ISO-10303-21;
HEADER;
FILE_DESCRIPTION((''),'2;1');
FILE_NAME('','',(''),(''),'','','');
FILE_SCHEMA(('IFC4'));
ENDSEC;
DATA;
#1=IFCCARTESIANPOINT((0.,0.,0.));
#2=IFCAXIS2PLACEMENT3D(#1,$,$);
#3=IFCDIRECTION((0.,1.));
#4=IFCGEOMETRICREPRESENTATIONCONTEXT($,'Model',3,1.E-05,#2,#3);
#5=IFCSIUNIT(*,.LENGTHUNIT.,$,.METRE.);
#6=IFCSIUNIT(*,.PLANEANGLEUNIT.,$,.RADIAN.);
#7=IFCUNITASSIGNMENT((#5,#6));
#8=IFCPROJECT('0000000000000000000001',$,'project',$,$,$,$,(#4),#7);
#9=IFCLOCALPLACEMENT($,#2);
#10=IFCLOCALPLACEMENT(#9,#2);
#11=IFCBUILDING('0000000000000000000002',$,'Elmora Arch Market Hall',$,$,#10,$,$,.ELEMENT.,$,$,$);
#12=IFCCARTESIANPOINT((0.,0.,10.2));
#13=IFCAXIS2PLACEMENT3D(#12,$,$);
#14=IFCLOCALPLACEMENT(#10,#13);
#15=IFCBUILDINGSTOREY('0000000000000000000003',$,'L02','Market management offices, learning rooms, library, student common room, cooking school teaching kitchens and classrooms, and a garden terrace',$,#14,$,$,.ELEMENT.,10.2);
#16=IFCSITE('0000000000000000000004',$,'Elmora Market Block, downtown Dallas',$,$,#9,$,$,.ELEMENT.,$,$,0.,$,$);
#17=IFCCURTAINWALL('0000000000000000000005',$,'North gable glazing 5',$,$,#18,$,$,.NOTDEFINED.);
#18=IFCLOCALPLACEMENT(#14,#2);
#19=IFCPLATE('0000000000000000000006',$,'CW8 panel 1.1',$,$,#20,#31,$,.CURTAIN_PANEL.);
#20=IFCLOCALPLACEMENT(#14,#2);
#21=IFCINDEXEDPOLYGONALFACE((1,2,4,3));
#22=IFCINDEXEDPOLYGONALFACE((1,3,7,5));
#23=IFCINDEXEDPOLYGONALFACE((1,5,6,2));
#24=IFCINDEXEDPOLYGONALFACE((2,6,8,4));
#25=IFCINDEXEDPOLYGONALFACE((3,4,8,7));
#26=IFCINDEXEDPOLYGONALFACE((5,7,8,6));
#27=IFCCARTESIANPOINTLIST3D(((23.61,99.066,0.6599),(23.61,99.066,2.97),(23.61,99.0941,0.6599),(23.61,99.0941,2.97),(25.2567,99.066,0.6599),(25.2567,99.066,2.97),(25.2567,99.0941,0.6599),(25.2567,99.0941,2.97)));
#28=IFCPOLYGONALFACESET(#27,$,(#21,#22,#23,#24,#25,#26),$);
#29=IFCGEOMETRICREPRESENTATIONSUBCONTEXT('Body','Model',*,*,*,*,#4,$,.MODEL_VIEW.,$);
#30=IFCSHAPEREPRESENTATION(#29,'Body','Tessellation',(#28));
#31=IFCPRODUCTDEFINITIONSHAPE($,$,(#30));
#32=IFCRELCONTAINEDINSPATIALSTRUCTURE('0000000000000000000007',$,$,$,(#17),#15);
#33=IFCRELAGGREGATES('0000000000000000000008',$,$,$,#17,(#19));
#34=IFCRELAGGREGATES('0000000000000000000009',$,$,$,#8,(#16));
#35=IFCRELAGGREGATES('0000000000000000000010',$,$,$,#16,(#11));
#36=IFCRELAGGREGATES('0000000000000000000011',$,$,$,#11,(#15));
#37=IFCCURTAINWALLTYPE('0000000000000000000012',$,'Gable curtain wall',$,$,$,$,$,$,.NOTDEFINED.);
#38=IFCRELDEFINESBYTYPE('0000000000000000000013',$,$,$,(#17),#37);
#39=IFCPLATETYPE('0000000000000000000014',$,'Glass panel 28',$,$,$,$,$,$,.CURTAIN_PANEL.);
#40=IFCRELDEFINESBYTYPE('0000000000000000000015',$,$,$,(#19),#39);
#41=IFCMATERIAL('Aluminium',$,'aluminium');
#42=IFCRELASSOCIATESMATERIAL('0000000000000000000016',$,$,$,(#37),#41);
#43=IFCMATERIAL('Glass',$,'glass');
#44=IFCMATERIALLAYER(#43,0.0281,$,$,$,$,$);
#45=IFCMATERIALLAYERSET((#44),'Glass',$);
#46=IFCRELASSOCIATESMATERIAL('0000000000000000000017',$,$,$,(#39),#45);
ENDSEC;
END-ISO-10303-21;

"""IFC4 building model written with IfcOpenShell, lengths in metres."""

from ifc_helpers import new_model, si_unit, direction, frame, origin, origin_2d, place, context, subcontext, project, spatial, rectangle, extrude, material, layer, layer_set, type_object, element, aggregate, save


model = new_model("IFC4")

# Units and contexts
model_context = context("Model", 3, precision=1e-05, world=origin(), true_north=direction((0.0, 1.0)))
body_context = subcontext(model_context, "Body", "Model", "MODEL_VIEW")
ifc_project = project(units=[si_unit("LENGTHUNIT", "METRE"), si_unit("PLANEANGLEUNIT", "RADIAN")], contexts=[model_context])

# Site, building, storey
site_placement = place(None, origin())
site = spatial("IfcSite", under=ifc_project, at=site_placement, Name="Elmora Market Block, downtown Dallas", CompositionType="ELEMENT", RefElevation=0.0)
building_placement = place(site_placement, origin())
building = spatial("IfcBuilding", under=site, at=building_placement, Name="Elmora Arch Market Hall", CompositionType="ELEMENT")
storey_placement = place(building_placement, frame((0.0, 0.0, 10.2)))
storey = spatial("IfcBuildingStorey", under=building, at=storey_placement, Name="L02", Description="Market management offices, learning rooms, library, student common room, cooking school teaching kitchens and classrooms, and a garden terrace", CompositionType="ELEMENT", Elevation=10.2)

# Shared definitions
ifc_material_1 = material(Name="Aluminium", Category="aluminium")
curtain_wall_type = type_object("IfcCurtainWallType", Name="Gable curtain wall", PredefinedType="NOTDEFINED", material=ifc_material_1)

# Curtain wall
curtain_wall_1_placement = place(storey_placement, origin())
curtain_wall_1 = element("IfcCurtainWall", 1, at=curtain_wall_1_placement, inside=storey, type_object=curtain_wall_type, Name="North gable glazing 5", PredefinedType="NOTDEFINED")

# Plate
ifc_material_2 = material(Name="Glass", Category="glass")
ifc_layer = layer(ifc_material_2, 0.0281)
ifc_layer_set = layer_set([ifc_layer], Name="Glass")
plate_type = type_object("IfcPlateType", Name="Glass panel 28", PredefinedType="CURTAIN_PANEL", material=ifc_layer_set)
plate_1_placement = place(storey_placement, frame((24.4333, 99.0801, 0.6599), z_axis=(0.0, 0.0, 1.0), x_axis=(1.0, 0.0, 0.0)))
plate_1 = element("IfcPlate", 2, at=plate_1_placement, type_object=plate_type, Name="CW8 panel 1.1", PredefinedType="CURTAIN_PANEL", context=body_context, shape_type="SweptSolid", body=[
    extrude(rectangle(XDim=1.6467, YDim=0.0281, at=origin_2d()), origin(), (0.0, 0.0, 1.0), 2.3101),
])
aggregate(curtain_wall_1, [plate_1])

save(model, "model.ifc")
